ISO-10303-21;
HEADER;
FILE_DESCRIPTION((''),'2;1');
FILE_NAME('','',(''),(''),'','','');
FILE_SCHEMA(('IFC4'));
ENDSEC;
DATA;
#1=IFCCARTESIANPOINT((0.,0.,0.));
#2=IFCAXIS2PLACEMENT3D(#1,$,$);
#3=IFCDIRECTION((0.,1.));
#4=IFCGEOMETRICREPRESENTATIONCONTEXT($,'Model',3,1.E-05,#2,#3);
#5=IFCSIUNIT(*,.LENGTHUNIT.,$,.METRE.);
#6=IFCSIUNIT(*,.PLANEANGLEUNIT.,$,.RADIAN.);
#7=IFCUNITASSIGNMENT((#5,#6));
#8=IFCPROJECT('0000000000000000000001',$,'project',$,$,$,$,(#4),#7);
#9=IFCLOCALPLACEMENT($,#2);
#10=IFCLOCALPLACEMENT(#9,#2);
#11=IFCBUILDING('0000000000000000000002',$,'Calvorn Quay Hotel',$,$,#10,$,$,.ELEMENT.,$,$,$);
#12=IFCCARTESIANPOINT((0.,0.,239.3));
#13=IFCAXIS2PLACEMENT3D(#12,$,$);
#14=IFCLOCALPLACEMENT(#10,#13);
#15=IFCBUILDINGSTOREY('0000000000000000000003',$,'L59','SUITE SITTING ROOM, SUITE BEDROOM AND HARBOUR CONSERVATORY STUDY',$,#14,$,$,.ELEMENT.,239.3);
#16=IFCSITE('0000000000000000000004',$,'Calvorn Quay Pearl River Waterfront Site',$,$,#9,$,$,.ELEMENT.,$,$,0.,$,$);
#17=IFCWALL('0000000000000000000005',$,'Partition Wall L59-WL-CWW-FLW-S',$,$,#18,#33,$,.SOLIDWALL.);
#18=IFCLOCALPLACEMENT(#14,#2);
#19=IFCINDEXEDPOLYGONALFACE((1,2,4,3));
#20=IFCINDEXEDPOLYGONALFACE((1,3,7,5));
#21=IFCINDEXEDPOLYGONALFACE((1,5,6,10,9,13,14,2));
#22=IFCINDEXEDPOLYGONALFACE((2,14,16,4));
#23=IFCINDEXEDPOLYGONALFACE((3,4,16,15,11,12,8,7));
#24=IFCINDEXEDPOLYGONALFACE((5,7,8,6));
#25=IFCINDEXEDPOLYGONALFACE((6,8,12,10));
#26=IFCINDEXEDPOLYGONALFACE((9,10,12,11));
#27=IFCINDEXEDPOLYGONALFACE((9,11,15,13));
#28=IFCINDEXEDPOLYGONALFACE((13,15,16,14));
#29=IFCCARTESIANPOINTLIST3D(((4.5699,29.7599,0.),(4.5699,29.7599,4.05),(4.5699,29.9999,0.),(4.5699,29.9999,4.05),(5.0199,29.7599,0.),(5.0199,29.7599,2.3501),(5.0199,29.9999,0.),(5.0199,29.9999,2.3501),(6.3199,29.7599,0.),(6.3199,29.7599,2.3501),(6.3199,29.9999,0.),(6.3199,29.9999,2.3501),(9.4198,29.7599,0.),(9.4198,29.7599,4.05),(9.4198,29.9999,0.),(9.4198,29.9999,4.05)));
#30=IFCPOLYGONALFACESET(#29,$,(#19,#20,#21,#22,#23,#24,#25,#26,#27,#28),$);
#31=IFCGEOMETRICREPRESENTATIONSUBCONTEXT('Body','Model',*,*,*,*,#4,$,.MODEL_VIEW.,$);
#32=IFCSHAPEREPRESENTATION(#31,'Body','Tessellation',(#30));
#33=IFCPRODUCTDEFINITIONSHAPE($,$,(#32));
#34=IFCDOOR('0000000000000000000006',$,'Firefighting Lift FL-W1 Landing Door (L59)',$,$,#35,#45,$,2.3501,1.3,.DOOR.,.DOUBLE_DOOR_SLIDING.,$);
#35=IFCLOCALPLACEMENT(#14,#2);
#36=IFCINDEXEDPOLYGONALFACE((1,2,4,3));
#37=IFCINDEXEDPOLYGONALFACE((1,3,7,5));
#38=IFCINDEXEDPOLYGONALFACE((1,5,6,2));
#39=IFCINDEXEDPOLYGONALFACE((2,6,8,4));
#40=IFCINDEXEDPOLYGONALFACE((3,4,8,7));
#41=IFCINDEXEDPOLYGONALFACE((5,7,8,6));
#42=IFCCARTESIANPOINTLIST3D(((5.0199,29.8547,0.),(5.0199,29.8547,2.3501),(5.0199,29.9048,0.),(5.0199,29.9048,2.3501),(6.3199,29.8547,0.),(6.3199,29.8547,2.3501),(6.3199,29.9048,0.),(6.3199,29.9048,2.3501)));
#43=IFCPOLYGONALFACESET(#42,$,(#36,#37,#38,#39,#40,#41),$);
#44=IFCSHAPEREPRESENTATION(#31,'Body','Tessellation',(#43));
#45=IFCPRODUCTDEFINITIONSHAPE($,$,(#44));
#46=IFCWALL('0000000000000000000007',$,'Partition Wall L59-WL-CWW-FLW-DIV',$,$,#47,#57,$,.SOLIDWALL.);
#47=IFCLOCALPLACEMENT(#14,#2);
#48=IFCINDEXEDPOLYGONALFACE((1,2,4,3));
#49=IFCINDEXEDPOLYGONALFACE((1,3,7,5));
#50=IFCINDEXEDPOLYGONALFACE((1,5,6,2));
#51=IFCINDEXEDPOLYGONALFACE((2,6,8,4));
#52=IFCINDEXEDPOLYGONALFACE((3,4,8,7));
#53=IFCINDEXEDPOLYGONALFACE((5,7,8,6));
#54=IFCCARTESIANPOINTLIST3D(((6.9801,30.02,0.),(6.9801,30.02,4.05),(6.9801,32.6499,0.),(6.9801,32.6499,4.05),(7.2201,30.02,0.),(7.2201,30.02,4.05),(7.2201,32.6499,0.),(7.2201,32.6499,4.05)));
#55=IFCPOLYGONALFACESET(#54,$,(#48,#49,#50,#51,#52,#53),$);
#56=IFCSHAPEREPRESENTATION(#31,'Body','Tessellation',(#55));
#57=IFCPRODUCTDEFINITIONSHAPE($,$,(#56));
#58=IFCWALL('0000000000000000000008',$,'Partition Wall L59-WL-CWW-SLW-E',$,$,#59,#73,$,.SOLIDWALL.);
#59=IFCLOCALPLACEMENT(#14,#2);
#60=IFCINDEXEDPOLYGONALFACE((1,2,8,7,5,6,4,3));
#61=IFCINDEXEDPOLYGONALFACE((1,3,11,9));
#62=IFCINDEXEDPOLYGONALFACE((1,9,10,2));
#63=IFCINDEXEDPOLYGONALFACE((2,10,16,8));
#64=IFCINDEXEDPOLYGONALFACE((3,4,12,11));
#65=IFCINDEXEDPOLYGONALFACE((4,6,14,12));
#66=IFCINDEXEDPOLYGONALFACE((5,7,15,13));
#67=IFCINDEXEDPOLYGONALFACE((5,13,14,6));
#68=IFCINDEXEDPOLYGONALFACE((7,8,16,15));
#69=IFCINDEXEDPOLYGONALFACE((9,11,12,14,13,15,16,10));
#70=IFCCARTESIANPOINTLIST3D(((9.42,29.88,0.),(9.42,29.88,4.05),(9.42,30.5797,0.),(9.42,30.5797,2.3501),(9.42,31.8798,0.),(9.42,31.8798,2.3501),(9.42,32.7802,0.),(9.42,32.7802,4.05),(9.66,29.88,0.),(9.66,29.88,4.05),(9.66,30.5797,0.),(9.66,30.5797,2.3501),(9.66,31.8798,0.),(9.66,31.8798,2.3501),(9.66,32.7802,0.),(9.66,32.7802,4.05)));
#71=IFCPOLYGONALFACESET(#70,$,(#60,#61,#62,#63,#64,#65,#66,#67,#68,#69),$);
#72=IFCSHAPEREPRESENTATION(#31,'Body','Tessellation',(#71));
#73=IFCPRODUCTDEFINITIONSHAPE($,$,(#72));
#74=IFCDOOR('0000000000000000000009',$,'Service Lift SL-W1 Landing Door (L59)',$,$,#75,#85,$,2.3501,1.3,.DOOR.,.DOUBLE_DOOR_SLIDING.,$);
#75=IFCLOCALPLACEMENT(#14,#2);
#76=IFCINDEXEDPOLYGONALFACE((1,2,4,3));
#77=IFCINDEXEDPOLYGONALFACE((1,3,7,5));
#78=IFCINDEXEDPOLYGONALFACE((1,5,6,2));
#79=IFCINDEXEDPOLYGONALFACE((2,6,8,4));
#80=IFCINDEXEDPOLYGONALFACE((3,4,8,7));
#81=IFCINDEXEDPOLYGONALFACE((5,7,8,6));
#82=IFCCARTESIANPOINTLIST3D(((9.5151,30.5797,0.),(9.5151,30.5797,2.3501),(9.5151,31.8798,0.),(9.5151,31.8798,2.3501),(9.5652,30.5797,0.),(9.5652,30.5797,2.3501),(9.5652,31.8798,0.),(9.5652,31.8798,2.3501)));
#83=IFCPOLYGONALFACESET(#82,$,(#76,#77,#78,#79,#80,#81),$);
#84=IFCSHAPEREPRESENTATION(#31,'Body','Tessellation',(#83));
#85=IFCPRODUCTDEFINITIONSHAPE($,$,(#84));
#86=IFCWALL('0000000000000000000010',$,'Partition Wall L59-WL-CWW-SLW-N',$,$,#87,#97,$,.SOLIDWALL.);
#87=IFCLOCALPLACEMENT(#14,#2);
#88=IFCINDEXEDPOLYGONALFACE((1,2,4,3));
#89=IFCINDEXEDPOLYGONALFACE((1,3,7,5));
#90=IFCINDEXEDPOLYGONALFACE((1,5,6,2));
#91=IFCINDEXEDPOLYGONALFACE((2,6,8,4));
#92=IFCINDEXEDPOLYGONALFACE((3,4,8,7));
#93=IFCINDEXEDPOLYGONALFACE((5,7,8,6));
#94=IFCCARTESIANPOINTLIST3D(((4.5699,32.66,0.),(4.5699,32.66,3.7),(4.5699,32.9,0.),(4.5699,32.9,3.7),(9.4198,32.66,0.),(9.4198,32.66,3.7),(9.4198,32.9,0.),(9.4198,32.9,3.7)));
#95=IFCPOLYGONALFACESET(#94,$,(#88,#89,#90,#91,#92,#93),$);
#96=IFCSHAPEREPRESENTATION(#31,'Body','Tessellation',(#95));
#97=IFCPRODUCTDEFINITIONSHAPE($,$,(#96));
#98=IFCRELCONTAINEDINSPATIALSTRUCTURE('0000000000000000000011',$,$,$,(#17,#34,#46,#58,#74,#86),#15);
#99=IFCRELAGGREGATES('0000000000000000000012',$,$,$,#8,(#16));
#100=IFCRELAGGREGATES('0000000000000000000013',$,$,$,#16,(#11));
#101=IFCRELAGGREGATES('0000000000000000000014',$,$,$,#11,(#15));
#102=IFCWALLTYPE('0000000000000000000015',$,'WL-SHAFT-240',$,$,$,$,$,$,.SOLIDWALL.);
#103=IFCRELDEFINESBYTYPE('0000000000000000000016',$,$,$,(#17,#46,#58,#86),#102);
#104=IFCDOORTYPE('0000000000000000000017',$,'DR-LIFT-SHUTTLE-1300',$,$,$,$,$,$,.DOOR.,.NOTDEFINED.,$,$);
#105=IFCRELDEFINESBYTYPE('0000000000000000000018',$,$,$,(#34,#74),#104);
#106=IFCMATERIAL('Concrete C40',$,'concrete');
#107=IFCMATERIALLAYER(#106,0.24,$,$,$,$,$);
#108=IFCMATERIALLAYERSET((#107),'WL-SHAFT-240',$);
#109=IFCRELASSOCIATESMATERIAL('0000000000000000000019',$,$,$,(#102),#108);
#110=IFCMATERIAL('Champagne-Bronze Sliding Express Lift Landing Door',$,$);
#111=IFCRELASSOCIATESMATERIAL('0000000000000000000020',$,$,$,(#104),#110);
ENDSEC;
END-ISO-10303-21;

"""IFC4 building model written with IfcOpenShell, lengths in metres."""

from ifc_helpers import new_model, si_unit, direction, frame, frame_2d, origin, place, context, subcontext, project, spatial, rectangle, extrude, material, layer, layer_set, type_object, element, fill, save


model = new_model("IFC4")

# Units and contexts
model_context = context("Model", 3, precision=1e-05, world=origin(), true_north=direction((0.0, 1.0)))
body_context = subcontext(model_context, "Body", "Model", "MODEL_VIEW")
ifc_project = project(units=[si_unit("LENGTHUNIT", "METRE"), si_unit("PLANEANGLEUNIT", "RADIAN")], contexts=[model_context])

# Site, building, storey
site_placement = place(None, origin())
site = spatial("IfcSite", under=ifc_project, at=site_placement, Name="Calvorn Quay Pearl River Waterfront Site", CompositionType="ELEMENT", RefElevation=0.0)
building_placement = place(site_placement, origin())
building = spatial("IfcBuilding", under=site, at=building_placement, Name="Calvorn Quay Hotel", CompositionType="ELEMENT")
storey_placement = place(building_placement, frame((0.0, 0.0, 239.3)))
storey = spatial("IfcBuildingStorey", under=building, at=storey_placement, Name="L59", Description="SUITE SITTING ROOM, SUITE BEDROOM AND HARBOUR CONSERVATORY STUDY", CompositionType="ELEMENT", Elevation=239.3)

# Wall, opening, door
ifc_material_1 = material(Name="Concrete C40", Category="concrete")
ifc_layer_1 = layer(ifc_material_1, 0.24)
ifc_layer_set_1 = layer_set([ifc_layer_1], Name="WL-SHAFT-240")
wall_type_1 = type_object("IfcWallType", Name="WL-SHAFT-240", PredefinedType="SOLIDWALL", material=ifc_layer_set_1)
wall_1_placement = place(storey_placement, frame((4.5701, 29.8799, 0.0), z_axis=(0.0, 0.0, 1.0), x_axis=(1.0, 0.0, 0.0)))
wall_1 = element("IfcWall", 1, at=wall_1_placement, inside=storey, type_object=wall_type_1, Name="Partition Wall L59-WL-CWW-FLW-S", PredefinedType="SOLIDWALL", context=body_context, shape_type="SweptSolid", body=[
    extrude(rectangle(XDim=4.8499, YDim=0.24, at=frame_2d((2.4248, 0.0))), origin(), (0.0, 0.0, 1.0), 4.05),
])
opening_1_placement = place(wall_1_placement, frame((0.45, 0.0, 0.0)))
opening_1 = element("IfcOpeningElement", 2, at=opening_1_placement, cuts=wall_1, PredefinedType="OPENING", context=body_context, shape_type="SweptSolid", body=[
    extrude(rectangle(XDim=1.3, YDim=2.3501, at=frame_2d((0.6499, 1.175))), frame((0.0, 0.1299, 0.0), z_axis=(0.0, -1.0, 0.0), x_axis=(1.0, 0.0, 0.0)), (0.0, 0.0, 1.0), 0.26),
])
ifc_material_2 = material(Name="Champagne-Bronze Sliding Express Lift Landing Door")
door_type_1 = type_object("IfcDoorType", Name="DR-LIFT-SHUTTLE-1300", OperationType="NOTDEFINED", PredefinedType="DOOR", material=ifc_material_2)
door_1_placement = place(opening_1_placement, origin())
door_1 = element("IfcDoor", 3, at=door_1_placement, inside=storey, type_object=door_type_1, Name="Firefighting Lift FL-W1 Landing Door (L59)", OperationType="DOUBLE_DOOR_SLIDING", OverallHeight=2.3501, OverallWidth=1.3, PredefinedType="DOOR", context=body_context, shape_type="SweptSolid", body=[
    extrude(rectangle(XDim=1.3, YDim=2.3501, at=frame_2d((0.6499, 1.175))), frame((0.0, 0.0249, 0.0), z_axis=(0.0, -1.0, 0.0), x_axis=(1.0, 0.0, 0.0)), (0.0, 0.0, 1.0), 0.05),
])
fill(opening_1, door_1)

# Wall
wall_2_placement = place(storey_placement, frame((7.1001, 30.02, 0.0), z_axis=(0.0, 0.0, 1.0), x_axis=(0.0, 1.0, 0.0)))
element("IfcWall", 4, at=wall_2_placement, inside=storey, type_object=wall_type_1, Name="Partition Wall L59-WL-CWW-FLW-DIV", PredefinedType="SOLIDWALL", context=body_context, shape_type="SweptSolid", body=[
    extrude(rectangle(XDim=2.6299, YDim=0.24, at=frame_2d((1.3149, 0.0))), origin(), (0.0, 0.0, 1.0), 4.05),
])

# Wall, opening, door
wall_3_placement = place(storey_placement, frame((9.54, 29.8799, 0.0), z_axis=(0.0, 0.0, 1.0), x_axis=(0.0, 1.0, 0.0)))
wall_3 = element("IfcWall", 5, at=wall_3_placement, inside=storey, type_object=wall_type_1, Name="Partition Wall L59-WL-CWW-SLW-E", PredefinedType="SOLIDWALL", context=body_context, shape_type="SweptSolid", body=[
    extrude(rectangle(XDim=2.9001, YDim=0.24, at=frame_2d((1.4502, 0.0))), origin(), (0.0, 0.0, 1.0), 4.05),
])
opening_2_placement = place(wall_3_placement, frame((0.7, 0.0, 0.0)))
opening_2 = element("IfcOpeningElement", 6, at=opening_2_placement, cuts=wall_3, PredefinedType="OPENING", context=body_context, shape_type="SweptSolid", body=[
    extrude(rectangle(XDim=1.3, YDim=2.3501, at=frame_2d((0.6499, 1.175))), frame((0.0, 0.1299, 0.0), z_axis=(0.0, -1.0, 0.0), x_axis=(1.0, 0.0, 0.0)), (0.0, 0.0, 1.0), 0.26),
])
door_2_placement = place(opening_2_placement, origin())
door_2 = element("IfcDoor", 7, at=door_2_placement, inside=storey, type_object=door_type_1, Name="Service Lift SL-W1 Landing Door (L59)", OperationType="DOUBLE_DOOR_SLIDING", OverallHeight=2.3501, OverallWidth=1.3, PredefinedType="DOOR", context=body_context, shape_type="SweptSolid", body=[
    extrude(rectangle(XDim=1.3, YDim=2.3501, at=frame_2d((0.6499, 1.175))), frame((0.0, 0.0249, 0.0), z_axis=(0.0, -1.0, 0.0), x_axis=(1.0, 0.0, 0.0)), (0.0, 0.0, 1.0), 0.05),
])
fill(opening_2, door_2)

# Wall
wall_4_placement = place(storey_placement, frame((4.5701, 32.78, 0.0), z_axis=(0.0, 0.0, 1.0), x_axis=(1.0, 0.0, 0.0)))
element("IfcWall", 8, at=wall_4_placement, inside=storey, type_object=wall_type_1, Name="Partition Wall L59-WL-CWW-SLW-N", PredefinedType="SOLIDWALL", context=body_context, shape_type="SweptSolid", body=[
    extrude(rectangle(XDim=4.8499, YDim=0.24, at=frame_2d((2.4248, 0.0))), origin(), (0.0, 0.0, 1.0), 3.7),
])

save(model, "model.ifc")
